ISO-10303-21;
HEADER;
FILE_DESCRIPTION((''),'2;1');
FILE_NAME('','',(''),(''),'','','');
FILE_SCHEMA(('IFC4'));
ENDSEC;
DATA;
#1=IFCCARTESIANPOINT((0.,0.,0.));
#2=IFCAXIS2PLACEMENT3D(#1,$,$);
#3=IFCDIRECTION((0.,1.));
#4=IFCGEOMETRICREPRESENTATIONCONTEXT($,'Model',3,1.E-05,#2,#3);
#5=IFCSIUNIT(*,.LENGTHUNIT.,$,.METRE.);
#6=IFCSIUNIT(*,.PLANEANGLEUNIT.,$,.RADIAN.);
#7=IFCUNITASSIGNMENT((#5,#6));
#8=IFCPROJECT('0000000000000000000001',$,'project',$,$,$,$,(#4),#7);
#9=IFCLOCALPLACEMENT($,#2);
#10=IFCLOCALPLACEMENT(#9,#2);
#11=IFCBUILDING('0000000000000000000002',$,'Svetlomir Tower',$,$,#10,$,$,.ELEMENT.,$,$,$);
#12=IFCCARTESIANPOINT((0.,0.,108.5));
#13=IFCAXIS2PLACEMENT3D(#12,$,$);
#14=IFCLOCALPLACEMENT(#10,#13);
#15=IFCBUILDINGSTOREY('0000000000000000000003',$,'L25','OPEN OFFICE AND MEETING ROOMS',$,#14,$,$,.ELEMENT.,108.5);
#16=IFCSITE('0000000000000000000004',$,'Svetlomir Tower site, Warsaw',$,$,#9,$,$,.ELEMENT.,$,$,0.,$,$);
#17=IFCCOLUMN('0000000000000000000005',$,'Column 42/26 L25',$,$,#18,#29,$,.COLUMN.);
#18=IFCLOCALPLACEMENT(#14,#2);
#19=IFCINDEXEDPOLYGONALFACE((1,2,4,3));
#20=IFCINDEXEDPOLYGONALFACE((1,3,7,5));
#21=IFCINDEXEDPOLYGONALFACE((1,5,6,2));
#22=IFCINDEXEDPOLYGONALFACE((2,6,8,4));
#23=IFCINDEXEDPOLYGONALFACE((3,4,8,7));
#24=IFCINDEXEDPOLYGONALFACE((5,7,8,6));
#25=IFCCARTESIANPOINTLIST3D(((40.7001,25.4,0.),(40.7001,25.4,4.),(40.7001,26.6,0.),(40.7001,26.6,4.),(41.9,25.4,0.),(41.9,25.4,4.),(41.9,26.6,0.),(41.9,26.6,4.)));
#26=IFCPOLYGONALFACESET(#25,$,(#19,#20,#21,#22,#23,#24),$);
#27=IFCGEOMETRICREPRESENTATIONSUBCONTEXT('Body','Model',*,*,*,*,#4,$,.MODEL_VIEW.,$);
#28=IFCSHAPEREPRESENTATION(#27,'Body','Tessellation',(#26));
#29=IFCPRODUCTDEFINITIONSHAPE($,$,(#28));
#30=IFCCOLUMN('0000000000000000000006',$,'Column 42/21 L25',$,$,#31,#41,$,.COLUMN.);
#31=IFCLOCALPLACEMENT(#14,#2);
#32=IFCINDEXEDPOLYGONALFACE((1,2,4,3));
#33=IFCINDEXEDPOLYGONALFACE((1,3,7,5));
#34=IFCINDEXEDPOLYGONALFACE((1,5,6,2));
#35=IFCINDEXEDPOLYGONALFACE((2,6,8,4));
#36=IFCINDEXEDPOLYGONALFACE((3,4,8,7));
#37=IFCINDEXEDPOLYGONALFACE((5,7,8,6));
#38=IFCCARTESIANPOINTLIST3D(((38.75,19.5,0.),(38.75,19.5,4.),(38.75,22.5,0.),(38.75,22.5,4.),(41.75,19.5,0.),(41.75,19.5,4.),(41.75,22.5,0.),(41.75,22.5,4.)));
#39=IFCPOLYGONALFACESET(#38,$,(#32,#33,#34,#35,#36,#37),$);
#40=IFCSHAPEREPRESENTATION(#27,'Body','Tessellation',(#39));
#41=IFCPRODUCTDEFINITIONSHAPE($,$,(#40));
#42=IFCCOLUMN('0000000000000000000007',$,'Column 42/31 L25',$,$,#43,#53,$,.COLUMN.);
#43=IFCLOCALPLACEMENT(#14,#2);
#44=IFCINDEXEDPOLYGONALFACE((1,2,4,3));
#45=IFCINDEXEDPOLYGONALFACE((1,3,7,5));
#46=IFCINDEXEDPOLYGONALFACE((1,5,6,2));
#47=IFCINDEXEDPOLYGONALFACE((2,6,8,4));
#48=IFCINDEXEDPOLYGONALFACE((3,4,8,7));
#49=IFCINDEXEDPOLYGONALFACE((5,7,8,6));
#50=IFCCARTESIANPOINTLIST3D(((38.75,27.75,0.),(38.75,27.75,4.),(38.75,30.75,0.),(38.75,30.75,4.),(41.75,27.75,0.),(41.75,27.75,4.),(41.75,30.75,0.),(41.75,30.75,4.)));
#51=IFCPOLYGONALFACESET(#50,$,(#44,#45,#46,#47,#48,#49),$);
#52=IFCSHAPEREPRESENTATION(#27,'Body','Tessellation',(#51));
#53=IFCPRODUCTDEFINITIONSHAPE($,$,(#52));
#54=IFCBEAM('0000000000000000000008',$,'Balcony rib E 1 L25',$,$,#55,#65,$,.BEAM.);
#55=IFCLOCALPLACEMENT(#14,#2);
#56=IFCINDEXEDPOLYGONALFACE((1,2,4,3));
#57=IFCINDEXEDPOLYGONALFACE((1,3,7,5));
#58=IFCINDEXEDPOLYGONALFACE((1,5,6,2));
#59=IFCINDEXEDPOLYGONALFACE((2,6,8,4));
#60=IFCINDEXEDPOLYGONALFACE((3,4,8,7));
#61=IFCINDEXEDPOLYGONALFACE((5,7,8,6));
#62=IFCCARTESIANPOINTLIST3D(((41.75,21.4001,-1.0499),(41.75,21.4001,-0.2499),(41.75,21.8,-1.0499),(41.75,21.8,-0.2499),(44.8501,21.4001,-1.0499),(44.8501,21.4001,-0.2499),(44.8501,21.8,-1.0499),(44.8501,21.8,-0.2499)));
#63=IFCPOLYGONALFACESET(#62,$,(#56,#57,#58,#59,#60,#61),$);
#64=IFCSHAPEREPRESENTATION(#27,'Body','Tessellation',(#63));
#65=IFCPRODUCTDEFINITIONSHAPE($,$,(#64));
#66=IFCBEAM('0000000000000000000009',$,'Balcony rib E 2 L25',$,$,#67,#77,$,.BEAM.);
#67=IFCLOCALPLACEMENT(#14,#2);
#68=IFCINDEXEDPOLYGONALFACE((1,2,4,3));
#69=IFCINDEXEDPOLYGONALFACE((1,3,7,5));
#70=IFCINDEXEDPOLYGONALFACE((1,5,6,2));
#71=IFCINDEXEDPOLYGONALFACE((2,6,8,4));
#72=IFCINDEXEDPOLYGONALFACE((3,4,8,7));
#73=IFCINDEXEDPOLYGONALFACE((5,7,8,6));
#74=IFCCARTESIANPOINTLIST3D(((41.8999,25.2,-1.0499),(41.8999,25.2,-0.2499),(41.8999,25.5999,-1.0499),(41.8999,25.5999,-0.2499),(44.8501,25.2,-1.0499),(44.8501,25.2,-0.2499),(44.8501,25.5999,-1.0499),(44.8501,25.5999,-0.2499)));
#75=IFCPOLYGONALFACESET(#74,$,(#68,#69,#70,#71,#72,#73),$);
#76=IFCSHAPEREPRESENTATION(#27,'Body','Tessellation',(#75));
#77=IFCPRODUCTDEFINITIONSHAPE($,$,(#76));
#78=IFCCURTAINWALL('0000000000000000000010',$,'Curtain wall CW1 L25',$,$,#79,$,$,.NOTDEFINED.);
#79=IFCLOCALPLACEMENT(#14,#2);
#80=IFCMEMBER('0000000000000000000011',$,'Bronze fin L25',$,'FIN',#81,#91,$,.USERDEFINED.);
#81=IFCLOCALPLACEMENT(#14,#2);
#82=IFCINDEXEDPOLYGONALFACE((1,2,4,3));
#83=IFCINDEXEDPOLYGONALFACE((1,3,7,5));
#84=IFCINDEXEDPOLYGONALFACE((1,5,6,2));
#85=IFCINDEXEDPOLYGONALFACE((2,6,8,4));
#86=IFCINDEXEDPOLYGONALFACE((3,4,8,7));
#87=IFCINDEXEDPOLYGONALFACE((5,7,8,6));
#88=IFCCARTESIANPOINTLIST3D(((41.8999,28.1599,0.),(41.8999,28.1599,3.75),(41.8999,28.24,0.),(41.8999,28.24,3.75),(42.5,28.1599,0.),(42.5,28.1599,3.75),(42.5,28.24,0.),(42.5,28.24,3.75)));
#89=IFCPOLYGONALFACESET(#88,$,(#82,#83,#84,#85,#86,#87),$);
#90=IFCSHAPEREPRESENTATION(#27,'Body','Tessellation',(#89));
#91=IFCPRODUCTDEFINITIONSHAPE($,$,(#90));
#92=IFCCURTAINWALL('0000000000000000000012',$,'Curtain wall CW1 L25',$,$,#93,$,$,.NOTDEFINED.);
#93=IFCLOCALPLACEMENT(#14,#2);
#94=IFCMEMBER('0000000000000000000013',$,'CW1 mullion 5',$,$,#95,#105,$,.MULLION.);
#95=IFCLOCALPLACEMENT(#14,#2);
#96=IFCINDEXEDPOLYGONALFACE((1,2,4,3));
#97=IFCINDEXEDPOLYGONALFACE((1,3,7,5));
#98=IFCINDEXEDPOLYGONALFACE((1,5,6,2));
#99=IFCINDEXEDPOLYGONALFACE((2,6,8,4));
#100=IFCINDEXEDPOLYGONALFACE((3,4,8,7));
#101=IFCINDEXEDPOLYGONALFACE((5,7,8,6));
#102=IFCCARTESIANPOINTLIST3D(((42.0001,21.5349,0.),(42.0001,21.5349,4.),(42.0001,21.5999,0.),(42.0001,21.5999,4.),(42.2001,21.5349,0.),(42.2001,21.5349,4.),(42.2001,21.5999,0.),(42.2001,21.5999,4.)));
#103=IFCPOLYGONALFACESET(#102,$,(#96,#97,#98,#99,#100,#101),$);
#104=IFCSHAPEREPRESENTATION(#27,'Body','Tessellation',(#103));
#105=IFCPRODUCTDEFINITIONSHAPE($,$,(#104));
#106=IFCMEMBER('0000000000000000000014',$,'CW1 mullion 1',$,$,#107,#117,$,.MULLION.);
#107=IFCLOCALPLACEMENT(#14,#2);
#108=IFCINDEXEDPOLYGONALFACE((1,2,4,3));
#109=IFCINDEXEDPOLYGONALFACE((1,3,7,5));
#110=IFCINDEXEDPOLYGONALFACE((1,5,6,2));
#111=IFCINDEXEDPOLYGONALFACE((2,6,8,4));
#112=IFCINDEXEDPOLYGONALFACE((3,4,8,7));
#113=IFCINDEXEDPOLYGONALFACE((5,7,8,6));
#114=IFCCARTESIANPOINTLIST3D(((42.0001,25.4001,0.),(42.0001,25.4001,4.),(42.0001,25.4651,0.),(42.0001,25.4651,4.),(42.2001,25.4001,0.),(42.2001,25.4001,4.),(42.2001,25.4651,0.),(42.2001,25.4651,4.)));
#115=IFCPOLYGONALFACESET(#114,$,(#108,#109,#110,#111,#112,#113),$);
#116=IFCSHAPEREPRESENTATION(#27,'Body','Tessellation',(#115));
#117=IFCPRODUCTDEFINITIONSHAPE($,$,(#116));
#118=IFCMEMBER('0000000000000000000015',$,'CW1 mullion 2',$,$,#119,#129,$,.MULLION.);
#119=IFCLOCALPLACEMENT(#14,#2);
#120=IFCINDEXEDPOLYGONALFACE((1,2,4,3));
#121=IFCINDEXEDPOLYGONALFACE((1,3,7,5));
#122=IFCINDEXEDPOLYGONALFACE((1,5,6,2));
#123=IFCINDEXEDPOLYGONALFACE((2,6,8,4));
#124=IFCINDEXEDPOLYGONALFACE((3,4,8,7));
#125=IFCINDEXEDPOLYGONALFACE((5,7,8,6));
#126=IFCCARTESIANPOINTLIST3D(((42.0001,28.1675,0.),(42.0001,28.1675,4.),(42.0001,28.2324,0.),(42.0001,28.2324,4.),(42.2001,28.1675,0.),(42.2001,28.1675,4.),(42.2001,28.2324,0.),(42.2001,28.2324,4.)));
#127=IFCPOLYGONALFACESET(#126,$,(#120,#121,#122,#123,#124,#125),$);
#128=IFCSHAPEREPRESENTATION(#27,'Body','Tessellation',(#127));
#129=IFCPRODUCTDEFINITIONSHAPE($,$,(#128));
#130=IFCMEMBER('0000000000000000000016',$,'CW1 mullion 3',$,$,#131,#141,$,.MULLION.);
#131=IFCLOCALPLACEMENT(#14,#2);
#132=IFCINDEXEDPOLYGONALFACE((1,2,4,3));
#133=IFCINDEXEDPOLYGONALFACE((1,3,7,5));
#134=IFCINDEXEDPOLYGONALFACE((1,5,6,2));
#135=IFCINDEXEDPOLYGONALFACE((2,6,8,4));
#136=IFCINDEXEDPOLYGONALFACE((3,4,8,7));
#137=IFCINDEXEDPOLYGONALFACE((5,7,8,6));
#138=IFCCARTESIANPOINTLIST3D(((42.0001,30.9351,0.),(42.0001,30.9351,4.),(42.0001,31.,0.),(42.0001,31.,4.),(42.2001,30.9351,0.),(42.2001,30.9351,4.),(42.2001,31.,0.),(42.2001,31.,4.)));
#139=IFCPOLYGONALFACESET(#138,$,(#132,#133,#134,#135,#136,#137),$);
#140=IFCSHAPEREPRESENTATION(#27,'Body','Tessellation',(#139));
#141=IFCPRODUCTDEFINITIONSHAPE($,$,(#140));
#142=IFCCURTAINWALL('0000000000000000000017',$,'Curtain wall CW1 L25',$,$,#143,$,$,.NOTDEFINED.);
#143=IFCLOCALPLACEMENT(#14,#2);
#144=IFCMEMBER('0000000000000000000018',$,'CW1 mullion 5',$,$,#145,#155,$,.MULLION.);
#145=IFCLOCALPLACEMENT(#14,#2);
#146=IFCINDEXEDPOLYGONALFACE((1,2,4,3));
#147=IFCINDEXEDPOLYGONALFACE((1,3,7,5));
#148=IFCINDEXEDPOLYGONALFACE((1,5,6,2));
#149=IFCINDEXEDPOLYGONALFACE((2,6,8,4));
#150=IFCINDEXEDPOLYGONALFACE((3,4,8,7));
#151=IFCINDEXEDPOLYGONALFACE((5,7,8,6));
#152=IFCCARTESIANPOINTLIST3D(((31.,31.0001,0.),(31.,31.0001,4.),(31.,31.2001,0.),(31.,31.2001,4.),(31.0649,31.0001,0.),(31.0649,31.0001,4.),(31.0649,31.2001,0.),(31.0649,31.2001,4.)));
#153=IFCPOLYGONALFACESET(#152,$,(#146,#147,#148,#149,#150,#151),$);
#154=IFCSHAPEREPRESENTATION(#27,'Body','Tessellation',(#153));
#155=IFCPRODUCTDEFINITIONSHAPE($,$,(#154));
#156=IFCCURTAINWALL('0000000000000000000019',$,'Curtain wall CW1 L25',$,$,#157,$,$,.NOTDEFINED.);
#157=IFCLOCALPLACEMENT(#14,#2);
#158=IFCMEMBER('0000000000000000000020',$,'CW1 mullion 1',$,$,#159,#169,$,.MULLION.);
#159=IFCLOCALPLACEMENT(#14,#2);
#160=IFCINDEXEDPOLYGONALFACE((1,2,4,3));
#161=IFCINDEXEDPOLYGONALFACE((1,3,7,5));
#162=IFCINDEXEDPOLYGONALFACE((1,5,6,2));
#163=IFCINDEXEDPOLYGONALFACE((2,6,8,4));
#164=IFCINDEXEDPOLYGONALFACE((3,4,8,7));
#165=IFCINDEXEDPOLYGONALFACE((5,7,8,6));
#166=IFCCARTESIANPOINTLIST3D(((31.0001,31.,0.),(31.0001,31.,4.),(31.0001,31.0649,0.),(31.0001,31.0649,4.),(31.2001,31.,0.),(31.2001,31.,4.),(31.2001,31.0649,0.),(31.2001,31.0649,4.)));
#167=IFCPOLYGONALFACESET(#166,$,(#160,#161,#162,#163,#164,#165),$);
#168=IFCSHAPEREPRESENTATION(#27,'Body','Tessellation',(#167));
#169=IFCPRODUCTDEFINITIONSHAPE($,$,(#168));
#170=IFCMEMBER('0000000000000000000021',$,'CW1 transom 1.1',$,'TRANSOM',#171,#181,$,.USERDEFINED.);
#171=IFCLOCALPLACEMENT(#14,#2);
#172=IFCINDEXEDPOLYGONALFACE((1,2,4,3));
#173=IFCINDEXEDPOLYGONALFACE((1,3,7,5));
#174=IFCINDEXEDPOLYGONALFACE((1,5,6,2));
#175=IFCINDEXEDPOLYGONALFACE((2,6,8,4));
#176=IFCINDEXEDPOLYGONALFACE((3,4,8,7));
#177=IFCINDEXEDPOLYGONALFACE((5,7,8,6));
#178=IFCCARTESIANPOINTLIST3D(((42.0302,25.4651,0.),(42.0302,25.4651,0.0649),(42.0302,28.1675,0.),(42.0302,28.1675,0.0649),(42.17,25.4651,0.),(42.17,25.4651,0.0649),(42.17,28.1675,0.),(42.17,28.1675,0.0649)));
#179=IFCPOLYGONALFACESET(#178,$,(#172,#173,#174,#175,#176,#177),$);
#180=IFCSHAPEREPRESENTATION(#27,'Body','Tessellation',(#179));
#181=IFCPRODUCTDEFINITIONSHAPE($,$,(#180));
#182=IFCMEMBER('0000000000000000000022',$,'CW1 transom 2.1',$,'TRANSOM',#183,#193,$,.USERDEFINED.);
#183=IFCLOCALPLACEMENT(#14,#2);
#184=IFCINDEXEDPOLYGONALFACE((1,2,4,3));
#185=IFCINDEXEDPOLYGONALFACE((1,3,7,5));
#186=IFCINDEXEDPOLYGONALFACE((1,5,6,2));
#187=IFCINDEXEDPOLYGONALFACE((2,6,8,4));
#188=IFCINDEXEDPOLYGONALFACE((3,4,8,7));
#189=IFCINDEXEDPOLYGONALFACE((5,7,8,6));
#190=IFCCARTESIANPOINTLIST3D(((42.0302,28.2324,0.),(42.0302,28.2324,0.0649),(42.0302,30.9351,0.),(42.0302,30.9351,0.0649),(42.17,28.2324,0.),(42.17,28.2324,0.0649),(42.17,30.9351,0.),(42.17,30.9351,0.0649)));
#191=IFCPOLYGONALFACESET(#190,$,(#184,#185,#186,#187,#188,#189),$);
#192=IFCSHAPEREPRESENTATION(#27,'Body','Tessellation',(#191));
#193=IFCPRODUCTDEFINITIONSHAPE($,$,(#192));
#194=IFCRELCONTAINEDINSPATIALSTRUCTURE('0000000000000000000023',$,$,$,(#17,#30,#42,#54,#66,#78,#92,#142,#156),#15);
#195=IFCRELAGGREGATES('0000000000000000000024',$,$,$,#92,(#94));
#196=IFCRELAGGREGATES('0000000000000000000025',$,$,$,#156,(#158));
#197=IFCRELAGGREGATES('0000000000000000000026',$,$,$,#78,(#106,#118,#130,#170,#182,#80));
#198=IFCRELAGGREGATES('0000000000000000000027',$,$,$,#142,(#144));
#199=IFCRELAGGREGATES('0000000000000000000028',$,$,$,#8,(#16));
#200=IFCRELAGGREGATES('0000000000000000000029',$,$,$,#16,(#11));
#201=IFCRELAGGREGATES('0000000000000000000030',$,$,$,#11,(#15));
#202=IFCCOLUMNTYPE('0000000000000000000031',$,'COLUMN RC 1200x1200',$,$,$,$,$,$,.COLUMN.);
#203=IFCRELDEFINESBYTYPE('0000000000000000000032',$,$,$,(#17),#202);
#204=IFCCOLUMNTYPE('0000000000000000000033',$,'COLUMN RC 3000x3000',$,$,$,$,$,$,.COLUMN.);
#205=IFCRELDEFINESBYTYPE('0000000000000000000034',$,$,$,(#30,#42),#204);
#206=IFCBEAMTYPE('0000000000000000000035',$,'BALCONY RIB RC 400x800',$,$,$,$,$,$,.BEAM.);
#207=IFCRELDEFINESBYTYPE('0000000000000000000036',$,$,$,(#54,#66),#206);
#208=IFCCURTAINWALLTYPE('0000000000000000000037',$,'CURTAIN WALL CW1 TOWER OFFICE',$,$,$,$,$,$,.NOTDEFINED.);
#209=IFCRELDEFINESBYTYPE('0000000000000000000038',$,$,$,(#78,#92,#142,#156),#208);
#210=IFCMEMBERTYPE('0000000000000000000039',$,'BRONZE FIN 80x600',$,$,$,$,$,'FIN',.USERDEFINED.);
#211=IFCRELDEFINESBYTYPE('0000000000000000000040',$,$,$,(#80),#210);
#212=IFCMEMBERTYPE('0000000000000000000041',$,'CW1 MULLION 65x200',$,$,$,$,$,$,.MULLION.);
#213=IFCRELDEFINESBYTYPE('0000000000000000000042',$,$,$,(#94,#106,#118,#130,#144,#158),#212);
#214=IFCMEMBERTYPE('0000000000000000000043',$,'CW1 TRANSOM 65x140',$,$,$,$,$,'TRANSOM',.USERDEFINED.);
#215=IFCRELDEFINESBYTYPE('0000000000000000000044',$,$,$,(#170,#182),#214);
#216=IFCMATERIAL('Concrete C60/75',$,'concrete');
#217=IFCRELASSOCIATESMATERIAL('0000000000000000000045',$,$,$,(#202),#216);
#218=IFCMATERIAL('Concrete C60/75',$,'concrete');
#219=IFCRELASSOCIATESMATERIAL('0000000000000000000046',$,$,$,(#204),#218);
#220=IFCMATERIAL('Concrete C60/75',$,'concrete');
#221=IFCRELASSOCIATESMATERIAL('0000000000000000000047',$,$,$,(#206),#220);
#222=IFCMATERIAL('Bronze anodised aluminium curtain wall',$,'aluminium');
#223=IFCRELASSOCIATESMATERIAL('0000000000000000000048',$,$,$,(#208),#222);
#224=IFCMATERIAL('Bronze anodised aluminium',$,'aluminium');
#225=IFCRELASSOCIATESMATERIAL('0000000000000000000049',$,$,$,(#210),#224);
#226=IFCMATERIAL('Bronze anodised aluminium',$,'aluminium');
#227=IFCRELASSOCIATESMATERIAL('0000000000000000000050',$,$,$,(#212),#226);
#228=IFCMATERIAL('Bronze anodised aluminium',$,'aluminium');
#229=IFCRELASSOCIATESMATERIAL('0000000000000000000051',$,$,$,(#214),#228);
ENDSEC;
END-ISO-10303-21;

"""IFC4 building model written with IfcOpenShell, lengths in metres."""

from ifc_helpers import new_model, si_unit, direction, frame, origin, origin_2d, place, context, subcontext, project, spatial, rectangle, extrude, material, material_profile, profile_set, type_object, element, aggregate, save


model = new_model("IFC4")

# Units and contexts
model_context = context("Model", 3, precision=1e-05, world=origin(), true_north=direction((0.0, 1.0)))
body_context = subcontext(model_context, "Body", "Model", "MODEL_VIEW")
ifc_project = project(units=[si_unit("LENGTHUNIT", "METRE"), si_unit("PLANEANGLEUNIT", "RADIAN")], contexts=[model_context])

# Site, building, storey
site_placement = place(None, origin())
site = spatial("IfcSite", under=ifc_project, at=site_placement, Name="Svetlomir Tower site, Warsaw", CompositionType="ELEMENT", RefElevation=0.0)
building_placement = place(site_placement, origin())
building = spatial("IfcBuilding", under=site, at=building_placement, Name="Svetlomir Tower", CompositionType="ELEMENT")
storey_placement = place(building_placement, frame((0.0, 0.0, 108.5)))
storey = spatial("IfcBuildingStorey", under=building, at=storey_placement, Name="L25", Description="OPEN OFFICE AND MEETING ROOMS", CompositionType="ELEMENT", Elevation=108.5)

# Columns
ifc_material_1 = material(Name="Concrete C60/75", Category="concrete")
ifc_material_profile_1 = material_profile(ifc_material_1, rectangle(XDim=1.2, YDim=1.2, at=origin_2d()), Name="RC 1200x1200")
ifc_profile_set_1 = profile_set([ifc_material_profile_1], Name="Concrete C60/75")
column_type_1 = type_object("IfcColumnType", Name="COLUMN RC 1200x1200", PredefinedType="COLUMN", material=ifc_profile_set_1)
column_placement = place(storey_placement, frame((41.3, 26.0, 0.0), z_axis=(0.0, 0.0, 1.0), x_axis=(1.0, 0.0, 0.0)))
element("IfcColumn", 1, at=column_placement, inside=storey, type_object=column_type_1, Name="Column 42/26 L25", PredefinedType="COLUMN", context=body_context, shape_type="SweptSolid", body=[
    extrude(rectangle(XDim=1.2, YDim=1.2, at=origin_2d()), origin(), (0.0, 0.0, 1.0), 4.0),
])
ifc_material_2 = material(Name="Concrete C60/75", Category="concrete")
ifc_material_profile_2 = material_profile(ifc_material_2, rectangle(XDim=3.0, YDim=3.0, at=origin_2d()), Name="RC 3000x3000")
ifc_profile_set_2 = profile_set([ifc_material_profile_2], Name="Concrete C60/75")
column_type_2 = type_object("IfcColumnType", Name="COLUMN RC 3000x3000", PredefinedType="COLUMN", material=ifc_profile_set_2)
for number, where, z_axis, x_axis, name in (
    (2, (40.25, 21.0, 0.0), (0.0, 0.0, 1.0), (1.0, 0.0, 0.0), "Column 42/21 L25"),
    (3, (40.25, 29.25, 0.0), (0.0, 0.0, 1.0), (1.0, 0.0, 0.0), "Column 42/31 L25"),
):
    element("IfcColumn", number, at=place(storey_placement, frame(where, z_axis=z_axis, x_axis=x_axis)), inside=storey, type_object=column_type_2, Name=name, PredefinedType="COLUMN", context=body_context, shape_type="SweptSolid", body=[
        extrude(rectangle(XDim=3.0, YDim=3.0, at=origin_2d()), origin(), (0.0, 0.0, 1.0), 4.0),
    ])

# Beams
ifc_material_3 = material(Name="Concrete C60/75", Category="concrete")
ifc_material_profile_3 = material_profile(ifc_material_3, rectangle(XDim=0.3999, YDim=0.8, at=origin_2d()), Name="RC 400x800")
ifc_profile_set_3 = profile_set([ifc_material_profile_3], Name="Concrete C60/75")
beam_type_1 = type_object("IfcBeamType", Name="BALCONY RIB RC 400x800", PredefinedType="BEAM", material=ifc_profile_set_3)
beam_1_placement = place(storey_placement, frame((41.75, 21.6001, -0.6499), z_axis=(1.0, 0.0, 0.0), x_axis=(0.0, 1.0, 0.0)))
element("IfcBeam", 4, at=beam_1_placement, inside=storey, type_object=beam_type_1, Name="Balcony rib E 1 L25", PredefinedType="BEAM", context=body_context, shape_type="SweptSolid", body=[
    extrude(rectangle(XDim=0.3999, YDim=0.8, at=origin_2d()), origin(), (0.0, 0.0, 1.0), 3.1001),
])
beam_2_placement = place(storey_placement, frame((41.8999, 25.3999, -0.6499), z_axis=(1.0, 0.0, 0.0), x_axis=(0.0, 1.0, 0.0)))
element("IfcBeam", 5, at=beam_2_placement, inside=storey, type_object=beam_type_1, Name="Balcony rib E 2 L25", PredefinedType="BEAM", context=body_context, shape_type="SweptSolid", body=[
    extrude(rectangle(XDim=0.3999, YDim=0.8, at=origin_2d()), origin(), (0.0, 0.0, 1.0), 2.9502),
])

# Curtain walls, members
ifc_material_4 = material(Name="Bronze anodised aluminium curtain wall", Category="aluminium")
curtain_wall_type = type_object("IfcCurtainWallType", Name="CURTAIN WALL CW1 TOWER OFFICE", PredefinedType="NOTDEFINED", material=ifc_material_4)
curtain_wall_1_placement = place(storey_placement, origin())
curtain_wall_1 = element("IfcCurtainWall", 6, at=curtain_wall_1_placement, inside=storey, type_object=curtain_wall_type, Name="Curtain wall CW1 L25", PredefinedType="NOTDEFINED")
ifc_material_5 = material(Name="Bronze anodised aluminium", Category="aluminium")
ifc_material_profile_4 = material_profile(ifc_material_5, rectangle(XDim=0.0801, YDim=0.6001, at=origin_2d()), Name="FIN 80x600")
ifc_profile_set_4 = profile_set([ifc_material_profile_4], Name="Bronze anodised aluminium 6063-T6")
member_type_1 = type_object("IfcMemberType", Name="BRONZE FIN 80x600", ElementType="FIN", PredefinedType="USERDEFINED", material=ifc_profile_set_4)
member_1_placement = place(storey_placement, frame((42.2, 28.2, 0.0), z_axis=(0.0, 0.0, 1.0), x_axis=(0.0, 1.0, 0.0)))
member_1 = element("IfcMember", 7, at=member_1_placement, type_object=member_type_1, Name="Bronze fin L25", ObjectType="FIN", PredefinedType="USERDEFINED", context=body_context, shape_type="SweptSolid", body=[
    extrude(rectangle(XDim=0.0801, YDim=0.6001, at=origin_2d()), origin(), (0.0, 0.0, 1.0), 3.75),
])
curtain_wall_2_placement = place(storey_placement, origin())
curtain_wall_2 = element("IfcCurtainWall", 8, at=curtain_wall_2_placement, inside=storey, type_object=curtain_wall_type, Name="Curtain wall CW1 L25", PredefinedType="NOTDEFINED")
ifc_material_6 = material(Name="Bronze anodised aluminium", Category="aluminium")
ifc_material_profile_5 = material_profile(ifc_material_6, rectangle(XDim=0.0649, YDim=0.2, at=origin_2d()), Name="AL 65x200")
ifc_profile_set_5 = profile_set([ifc_material_profile_5], Name="Bronze anodised aluminium 6063-T6")
member_type_2 = type_object("IfcMemberType", Name="CW1 MULLION 65x200", PredefinedType="MULLION", material=ifc_profile_set_5)
member_2_placement = place(storey_placement, frame((42.1001, 21.5674, 0.0), z_axis=(0.0, 0.0, 1.0), x_axis=(0.0, 1.0, 0.0)))
member_2 = element("IfcMember", 9, at=member_2_placement, type_object=member_type_2, Name="CW1 mullion 5", PredefinedType="MULLION", context=body_context, shape_type="SweptSolid", body=[
    extrude(rectangle(XDim=0.0649, YDim=0.2, at=origin_2d()), origin(), (0.0, 0.0, 1.0), 4.0),
])
aggregate(curtain_wall_2, [member_2])

# Members
member_3_placement = place(storey_placement, frame((42.1001, 25.4326, 0.0), z_axis=(0.0, 0.0, 1.0), x_axis=(0.0, 1.0, 0.0)))
member_3 = element("IfcMember", 10, at=member_3_placement, type_object=member_type_2, Name="CW1 mullion 1", PredefinedType="MULLION", context=body_context, shape_type="SweptSolid", body=[
    extrude(rectangle(XDim=0.0649, YDim=0.2, at=origin_2d()), origin(), (0.0, 0.0, 1.0), 4.0),
])
member_4_placement = place(storey_placement, frame((42.1001, 28.2, 0.0), z_axis=(0.0, 0.0, 1.0), x_axis=(0.0, 1.0, 0.0)))
member_4 = element("IfcMember", 11, at=member_4_placement, type_object=member_type_2, Name="CW1 mullion 2", PredefinedType="MULLION", context=body_context, shape_type="SweptSolid", body=[
    extrude(rectangle(XDim=0.0649, YDim=0.2, at=origin_2d()), origin(), (0.0, 0.0, 1.0), 4.0),
])
member_5_placement = place(storey_placement, frame((42.1001, 30.9675, 0.0), z_axis=(0.0, 0.0, 1.0), x_axis=(0.0, 1.0, 0.0)))
member_5 = element("IfcMember", 12, at=member_5_placement, type_object=member_type_2, Name="CW1 mullion 3", PredefinedType="MULLION", context=body_context, shape_type="SweptSolid", body=[
    extrude(rectangle(XDim=0.0649, YDim=0.2, at=origin_2d()), origin(), (0.0, 0.0, 1.0), 4.0),
])

# Curtain walls, members
curtain_wall_3_placement = place(storey_placement, origin())
curtain_wall_3 = element("IfcCurtainWall", 13, at=curtain_wall_3_placement, inside=storey, type_object=curtain_wall_type, Name="Curtain wall CW1 L25", PredefinedType="NOTDEFINED")
member_6_placement = place(storey_placement, frame((31.0325, 31.1001, 0.0), z_axis=(0.0, 0.0, 1.0), x_axis=(-1.0, 0.0, 0.0)))
member_6 = element("IfcMember", 14, at=member_6_placement, type_object=member_type_2, Name="CW1 mullion 5", PredefinedType="MULLION", context=body_context, shape_type="SweptSolid", body=[
    extrude(rectangle(XDim=0.0649, YDim=0.2, at=origin_2d()), origin(), (0.0, 0.0, 1.0), 4.0),
])
curtain_wall_4_placement = place(storey_placement, origin())
curtain_wall_4 = element("IfcCurtainWall", 15, at=curtain_wall_4_placement, inside=storey, type_object=curtain_wall_type, Name="Curtain wall CW1 L25", PredefinedType="NOTDEFINED")
member_7_placement = place(storey_placement, frame((31.1001, 31.0325, 0.0), z_axis=(0.0, 0.0, 1.0), x_axis=(0.0, 1.0, 0.0)))
member_7 = element("IfcMember", 16, at=member_7_placement, type_object=member_type_2, Name="CW1 mullion 1", PredefinedType="MULLION", context=body_context, shape_type="SweptSolid", body=[
    extrude(rectangle(XDim=0.0649, YDim=0.2, at=origin_2d()), origin(), (0.0, 0.0, 1.0), 4.0),
])

# Members
ifc_material_7 = material(Name="Bronze anodised aluminium", Category="aluminium")
ifc_material_profile_6 = material_profile(ifc_material_7, rectangle(XDim=0.1399, YDim=0.0649, at=origin_2d()), Name="AL 140x65")
ifc_profile_set_6 = profile_set([ifc_material_profile_6], Name="Bronze anodised aluminium 6063-T6")
member_type_3 = type_object("IfcMemberType", Name="CW1 TRANSOM 65x140", ElementType="TRANSOM", PredefinedType="USERDEFINED", material=ifc_profile_set_6)
member_8_placement = place(storey_placement, frame((42.1001, 25.4651, 0.0325), z_axis=(0.0, 1.0, 0.0), x_axis=(-1.0, 0.0, 0.0)))
member_8 = element("IfcMember", 17, at=member_8_placement, type_object=member_type_3, Name="CW1 transom 1.1", ObjectType="TRANSOM", PredefinedType="USERDEFINED", context=body_context, shape_type="SweptSolid", body=[
    extrude(rectangle(XDim=0.1399, YDim=0.0649, at=origin_2d()), origin(), (0.0, 0.0, 1.0), 2.7024),
])
member_9_placement = place(storey_placement, frame((42.1001, 28.2324, 0.0325), z_axis=(0.0, 1.0, 0.0), x_axis=(-1.0, 0.0, 0.0)))
member_9 = element("IfcMember", 18, at=member_9_placement, type_object=member_type_3, Name="CW1 transom 2.1", ObjectType="TRANSOM", PredefinedType="USERDEFINED", context=body_context, shape_type="SweptSolid", body=[
    extrude(rectangle(XDim=0.1399, YDim=0.0649, at=origin_2d()), origin(), (0.0, 0.0, 1.0), 2.7026),
])
aggregate(curtain_wall_4, [member_7])

aggregate(curtain_wall_1, [member_3, member_4, member_5, member_8, member_9, member_1])
aggregate(curtain_wall_3, [member_6])

save(model, "model.ifc")
